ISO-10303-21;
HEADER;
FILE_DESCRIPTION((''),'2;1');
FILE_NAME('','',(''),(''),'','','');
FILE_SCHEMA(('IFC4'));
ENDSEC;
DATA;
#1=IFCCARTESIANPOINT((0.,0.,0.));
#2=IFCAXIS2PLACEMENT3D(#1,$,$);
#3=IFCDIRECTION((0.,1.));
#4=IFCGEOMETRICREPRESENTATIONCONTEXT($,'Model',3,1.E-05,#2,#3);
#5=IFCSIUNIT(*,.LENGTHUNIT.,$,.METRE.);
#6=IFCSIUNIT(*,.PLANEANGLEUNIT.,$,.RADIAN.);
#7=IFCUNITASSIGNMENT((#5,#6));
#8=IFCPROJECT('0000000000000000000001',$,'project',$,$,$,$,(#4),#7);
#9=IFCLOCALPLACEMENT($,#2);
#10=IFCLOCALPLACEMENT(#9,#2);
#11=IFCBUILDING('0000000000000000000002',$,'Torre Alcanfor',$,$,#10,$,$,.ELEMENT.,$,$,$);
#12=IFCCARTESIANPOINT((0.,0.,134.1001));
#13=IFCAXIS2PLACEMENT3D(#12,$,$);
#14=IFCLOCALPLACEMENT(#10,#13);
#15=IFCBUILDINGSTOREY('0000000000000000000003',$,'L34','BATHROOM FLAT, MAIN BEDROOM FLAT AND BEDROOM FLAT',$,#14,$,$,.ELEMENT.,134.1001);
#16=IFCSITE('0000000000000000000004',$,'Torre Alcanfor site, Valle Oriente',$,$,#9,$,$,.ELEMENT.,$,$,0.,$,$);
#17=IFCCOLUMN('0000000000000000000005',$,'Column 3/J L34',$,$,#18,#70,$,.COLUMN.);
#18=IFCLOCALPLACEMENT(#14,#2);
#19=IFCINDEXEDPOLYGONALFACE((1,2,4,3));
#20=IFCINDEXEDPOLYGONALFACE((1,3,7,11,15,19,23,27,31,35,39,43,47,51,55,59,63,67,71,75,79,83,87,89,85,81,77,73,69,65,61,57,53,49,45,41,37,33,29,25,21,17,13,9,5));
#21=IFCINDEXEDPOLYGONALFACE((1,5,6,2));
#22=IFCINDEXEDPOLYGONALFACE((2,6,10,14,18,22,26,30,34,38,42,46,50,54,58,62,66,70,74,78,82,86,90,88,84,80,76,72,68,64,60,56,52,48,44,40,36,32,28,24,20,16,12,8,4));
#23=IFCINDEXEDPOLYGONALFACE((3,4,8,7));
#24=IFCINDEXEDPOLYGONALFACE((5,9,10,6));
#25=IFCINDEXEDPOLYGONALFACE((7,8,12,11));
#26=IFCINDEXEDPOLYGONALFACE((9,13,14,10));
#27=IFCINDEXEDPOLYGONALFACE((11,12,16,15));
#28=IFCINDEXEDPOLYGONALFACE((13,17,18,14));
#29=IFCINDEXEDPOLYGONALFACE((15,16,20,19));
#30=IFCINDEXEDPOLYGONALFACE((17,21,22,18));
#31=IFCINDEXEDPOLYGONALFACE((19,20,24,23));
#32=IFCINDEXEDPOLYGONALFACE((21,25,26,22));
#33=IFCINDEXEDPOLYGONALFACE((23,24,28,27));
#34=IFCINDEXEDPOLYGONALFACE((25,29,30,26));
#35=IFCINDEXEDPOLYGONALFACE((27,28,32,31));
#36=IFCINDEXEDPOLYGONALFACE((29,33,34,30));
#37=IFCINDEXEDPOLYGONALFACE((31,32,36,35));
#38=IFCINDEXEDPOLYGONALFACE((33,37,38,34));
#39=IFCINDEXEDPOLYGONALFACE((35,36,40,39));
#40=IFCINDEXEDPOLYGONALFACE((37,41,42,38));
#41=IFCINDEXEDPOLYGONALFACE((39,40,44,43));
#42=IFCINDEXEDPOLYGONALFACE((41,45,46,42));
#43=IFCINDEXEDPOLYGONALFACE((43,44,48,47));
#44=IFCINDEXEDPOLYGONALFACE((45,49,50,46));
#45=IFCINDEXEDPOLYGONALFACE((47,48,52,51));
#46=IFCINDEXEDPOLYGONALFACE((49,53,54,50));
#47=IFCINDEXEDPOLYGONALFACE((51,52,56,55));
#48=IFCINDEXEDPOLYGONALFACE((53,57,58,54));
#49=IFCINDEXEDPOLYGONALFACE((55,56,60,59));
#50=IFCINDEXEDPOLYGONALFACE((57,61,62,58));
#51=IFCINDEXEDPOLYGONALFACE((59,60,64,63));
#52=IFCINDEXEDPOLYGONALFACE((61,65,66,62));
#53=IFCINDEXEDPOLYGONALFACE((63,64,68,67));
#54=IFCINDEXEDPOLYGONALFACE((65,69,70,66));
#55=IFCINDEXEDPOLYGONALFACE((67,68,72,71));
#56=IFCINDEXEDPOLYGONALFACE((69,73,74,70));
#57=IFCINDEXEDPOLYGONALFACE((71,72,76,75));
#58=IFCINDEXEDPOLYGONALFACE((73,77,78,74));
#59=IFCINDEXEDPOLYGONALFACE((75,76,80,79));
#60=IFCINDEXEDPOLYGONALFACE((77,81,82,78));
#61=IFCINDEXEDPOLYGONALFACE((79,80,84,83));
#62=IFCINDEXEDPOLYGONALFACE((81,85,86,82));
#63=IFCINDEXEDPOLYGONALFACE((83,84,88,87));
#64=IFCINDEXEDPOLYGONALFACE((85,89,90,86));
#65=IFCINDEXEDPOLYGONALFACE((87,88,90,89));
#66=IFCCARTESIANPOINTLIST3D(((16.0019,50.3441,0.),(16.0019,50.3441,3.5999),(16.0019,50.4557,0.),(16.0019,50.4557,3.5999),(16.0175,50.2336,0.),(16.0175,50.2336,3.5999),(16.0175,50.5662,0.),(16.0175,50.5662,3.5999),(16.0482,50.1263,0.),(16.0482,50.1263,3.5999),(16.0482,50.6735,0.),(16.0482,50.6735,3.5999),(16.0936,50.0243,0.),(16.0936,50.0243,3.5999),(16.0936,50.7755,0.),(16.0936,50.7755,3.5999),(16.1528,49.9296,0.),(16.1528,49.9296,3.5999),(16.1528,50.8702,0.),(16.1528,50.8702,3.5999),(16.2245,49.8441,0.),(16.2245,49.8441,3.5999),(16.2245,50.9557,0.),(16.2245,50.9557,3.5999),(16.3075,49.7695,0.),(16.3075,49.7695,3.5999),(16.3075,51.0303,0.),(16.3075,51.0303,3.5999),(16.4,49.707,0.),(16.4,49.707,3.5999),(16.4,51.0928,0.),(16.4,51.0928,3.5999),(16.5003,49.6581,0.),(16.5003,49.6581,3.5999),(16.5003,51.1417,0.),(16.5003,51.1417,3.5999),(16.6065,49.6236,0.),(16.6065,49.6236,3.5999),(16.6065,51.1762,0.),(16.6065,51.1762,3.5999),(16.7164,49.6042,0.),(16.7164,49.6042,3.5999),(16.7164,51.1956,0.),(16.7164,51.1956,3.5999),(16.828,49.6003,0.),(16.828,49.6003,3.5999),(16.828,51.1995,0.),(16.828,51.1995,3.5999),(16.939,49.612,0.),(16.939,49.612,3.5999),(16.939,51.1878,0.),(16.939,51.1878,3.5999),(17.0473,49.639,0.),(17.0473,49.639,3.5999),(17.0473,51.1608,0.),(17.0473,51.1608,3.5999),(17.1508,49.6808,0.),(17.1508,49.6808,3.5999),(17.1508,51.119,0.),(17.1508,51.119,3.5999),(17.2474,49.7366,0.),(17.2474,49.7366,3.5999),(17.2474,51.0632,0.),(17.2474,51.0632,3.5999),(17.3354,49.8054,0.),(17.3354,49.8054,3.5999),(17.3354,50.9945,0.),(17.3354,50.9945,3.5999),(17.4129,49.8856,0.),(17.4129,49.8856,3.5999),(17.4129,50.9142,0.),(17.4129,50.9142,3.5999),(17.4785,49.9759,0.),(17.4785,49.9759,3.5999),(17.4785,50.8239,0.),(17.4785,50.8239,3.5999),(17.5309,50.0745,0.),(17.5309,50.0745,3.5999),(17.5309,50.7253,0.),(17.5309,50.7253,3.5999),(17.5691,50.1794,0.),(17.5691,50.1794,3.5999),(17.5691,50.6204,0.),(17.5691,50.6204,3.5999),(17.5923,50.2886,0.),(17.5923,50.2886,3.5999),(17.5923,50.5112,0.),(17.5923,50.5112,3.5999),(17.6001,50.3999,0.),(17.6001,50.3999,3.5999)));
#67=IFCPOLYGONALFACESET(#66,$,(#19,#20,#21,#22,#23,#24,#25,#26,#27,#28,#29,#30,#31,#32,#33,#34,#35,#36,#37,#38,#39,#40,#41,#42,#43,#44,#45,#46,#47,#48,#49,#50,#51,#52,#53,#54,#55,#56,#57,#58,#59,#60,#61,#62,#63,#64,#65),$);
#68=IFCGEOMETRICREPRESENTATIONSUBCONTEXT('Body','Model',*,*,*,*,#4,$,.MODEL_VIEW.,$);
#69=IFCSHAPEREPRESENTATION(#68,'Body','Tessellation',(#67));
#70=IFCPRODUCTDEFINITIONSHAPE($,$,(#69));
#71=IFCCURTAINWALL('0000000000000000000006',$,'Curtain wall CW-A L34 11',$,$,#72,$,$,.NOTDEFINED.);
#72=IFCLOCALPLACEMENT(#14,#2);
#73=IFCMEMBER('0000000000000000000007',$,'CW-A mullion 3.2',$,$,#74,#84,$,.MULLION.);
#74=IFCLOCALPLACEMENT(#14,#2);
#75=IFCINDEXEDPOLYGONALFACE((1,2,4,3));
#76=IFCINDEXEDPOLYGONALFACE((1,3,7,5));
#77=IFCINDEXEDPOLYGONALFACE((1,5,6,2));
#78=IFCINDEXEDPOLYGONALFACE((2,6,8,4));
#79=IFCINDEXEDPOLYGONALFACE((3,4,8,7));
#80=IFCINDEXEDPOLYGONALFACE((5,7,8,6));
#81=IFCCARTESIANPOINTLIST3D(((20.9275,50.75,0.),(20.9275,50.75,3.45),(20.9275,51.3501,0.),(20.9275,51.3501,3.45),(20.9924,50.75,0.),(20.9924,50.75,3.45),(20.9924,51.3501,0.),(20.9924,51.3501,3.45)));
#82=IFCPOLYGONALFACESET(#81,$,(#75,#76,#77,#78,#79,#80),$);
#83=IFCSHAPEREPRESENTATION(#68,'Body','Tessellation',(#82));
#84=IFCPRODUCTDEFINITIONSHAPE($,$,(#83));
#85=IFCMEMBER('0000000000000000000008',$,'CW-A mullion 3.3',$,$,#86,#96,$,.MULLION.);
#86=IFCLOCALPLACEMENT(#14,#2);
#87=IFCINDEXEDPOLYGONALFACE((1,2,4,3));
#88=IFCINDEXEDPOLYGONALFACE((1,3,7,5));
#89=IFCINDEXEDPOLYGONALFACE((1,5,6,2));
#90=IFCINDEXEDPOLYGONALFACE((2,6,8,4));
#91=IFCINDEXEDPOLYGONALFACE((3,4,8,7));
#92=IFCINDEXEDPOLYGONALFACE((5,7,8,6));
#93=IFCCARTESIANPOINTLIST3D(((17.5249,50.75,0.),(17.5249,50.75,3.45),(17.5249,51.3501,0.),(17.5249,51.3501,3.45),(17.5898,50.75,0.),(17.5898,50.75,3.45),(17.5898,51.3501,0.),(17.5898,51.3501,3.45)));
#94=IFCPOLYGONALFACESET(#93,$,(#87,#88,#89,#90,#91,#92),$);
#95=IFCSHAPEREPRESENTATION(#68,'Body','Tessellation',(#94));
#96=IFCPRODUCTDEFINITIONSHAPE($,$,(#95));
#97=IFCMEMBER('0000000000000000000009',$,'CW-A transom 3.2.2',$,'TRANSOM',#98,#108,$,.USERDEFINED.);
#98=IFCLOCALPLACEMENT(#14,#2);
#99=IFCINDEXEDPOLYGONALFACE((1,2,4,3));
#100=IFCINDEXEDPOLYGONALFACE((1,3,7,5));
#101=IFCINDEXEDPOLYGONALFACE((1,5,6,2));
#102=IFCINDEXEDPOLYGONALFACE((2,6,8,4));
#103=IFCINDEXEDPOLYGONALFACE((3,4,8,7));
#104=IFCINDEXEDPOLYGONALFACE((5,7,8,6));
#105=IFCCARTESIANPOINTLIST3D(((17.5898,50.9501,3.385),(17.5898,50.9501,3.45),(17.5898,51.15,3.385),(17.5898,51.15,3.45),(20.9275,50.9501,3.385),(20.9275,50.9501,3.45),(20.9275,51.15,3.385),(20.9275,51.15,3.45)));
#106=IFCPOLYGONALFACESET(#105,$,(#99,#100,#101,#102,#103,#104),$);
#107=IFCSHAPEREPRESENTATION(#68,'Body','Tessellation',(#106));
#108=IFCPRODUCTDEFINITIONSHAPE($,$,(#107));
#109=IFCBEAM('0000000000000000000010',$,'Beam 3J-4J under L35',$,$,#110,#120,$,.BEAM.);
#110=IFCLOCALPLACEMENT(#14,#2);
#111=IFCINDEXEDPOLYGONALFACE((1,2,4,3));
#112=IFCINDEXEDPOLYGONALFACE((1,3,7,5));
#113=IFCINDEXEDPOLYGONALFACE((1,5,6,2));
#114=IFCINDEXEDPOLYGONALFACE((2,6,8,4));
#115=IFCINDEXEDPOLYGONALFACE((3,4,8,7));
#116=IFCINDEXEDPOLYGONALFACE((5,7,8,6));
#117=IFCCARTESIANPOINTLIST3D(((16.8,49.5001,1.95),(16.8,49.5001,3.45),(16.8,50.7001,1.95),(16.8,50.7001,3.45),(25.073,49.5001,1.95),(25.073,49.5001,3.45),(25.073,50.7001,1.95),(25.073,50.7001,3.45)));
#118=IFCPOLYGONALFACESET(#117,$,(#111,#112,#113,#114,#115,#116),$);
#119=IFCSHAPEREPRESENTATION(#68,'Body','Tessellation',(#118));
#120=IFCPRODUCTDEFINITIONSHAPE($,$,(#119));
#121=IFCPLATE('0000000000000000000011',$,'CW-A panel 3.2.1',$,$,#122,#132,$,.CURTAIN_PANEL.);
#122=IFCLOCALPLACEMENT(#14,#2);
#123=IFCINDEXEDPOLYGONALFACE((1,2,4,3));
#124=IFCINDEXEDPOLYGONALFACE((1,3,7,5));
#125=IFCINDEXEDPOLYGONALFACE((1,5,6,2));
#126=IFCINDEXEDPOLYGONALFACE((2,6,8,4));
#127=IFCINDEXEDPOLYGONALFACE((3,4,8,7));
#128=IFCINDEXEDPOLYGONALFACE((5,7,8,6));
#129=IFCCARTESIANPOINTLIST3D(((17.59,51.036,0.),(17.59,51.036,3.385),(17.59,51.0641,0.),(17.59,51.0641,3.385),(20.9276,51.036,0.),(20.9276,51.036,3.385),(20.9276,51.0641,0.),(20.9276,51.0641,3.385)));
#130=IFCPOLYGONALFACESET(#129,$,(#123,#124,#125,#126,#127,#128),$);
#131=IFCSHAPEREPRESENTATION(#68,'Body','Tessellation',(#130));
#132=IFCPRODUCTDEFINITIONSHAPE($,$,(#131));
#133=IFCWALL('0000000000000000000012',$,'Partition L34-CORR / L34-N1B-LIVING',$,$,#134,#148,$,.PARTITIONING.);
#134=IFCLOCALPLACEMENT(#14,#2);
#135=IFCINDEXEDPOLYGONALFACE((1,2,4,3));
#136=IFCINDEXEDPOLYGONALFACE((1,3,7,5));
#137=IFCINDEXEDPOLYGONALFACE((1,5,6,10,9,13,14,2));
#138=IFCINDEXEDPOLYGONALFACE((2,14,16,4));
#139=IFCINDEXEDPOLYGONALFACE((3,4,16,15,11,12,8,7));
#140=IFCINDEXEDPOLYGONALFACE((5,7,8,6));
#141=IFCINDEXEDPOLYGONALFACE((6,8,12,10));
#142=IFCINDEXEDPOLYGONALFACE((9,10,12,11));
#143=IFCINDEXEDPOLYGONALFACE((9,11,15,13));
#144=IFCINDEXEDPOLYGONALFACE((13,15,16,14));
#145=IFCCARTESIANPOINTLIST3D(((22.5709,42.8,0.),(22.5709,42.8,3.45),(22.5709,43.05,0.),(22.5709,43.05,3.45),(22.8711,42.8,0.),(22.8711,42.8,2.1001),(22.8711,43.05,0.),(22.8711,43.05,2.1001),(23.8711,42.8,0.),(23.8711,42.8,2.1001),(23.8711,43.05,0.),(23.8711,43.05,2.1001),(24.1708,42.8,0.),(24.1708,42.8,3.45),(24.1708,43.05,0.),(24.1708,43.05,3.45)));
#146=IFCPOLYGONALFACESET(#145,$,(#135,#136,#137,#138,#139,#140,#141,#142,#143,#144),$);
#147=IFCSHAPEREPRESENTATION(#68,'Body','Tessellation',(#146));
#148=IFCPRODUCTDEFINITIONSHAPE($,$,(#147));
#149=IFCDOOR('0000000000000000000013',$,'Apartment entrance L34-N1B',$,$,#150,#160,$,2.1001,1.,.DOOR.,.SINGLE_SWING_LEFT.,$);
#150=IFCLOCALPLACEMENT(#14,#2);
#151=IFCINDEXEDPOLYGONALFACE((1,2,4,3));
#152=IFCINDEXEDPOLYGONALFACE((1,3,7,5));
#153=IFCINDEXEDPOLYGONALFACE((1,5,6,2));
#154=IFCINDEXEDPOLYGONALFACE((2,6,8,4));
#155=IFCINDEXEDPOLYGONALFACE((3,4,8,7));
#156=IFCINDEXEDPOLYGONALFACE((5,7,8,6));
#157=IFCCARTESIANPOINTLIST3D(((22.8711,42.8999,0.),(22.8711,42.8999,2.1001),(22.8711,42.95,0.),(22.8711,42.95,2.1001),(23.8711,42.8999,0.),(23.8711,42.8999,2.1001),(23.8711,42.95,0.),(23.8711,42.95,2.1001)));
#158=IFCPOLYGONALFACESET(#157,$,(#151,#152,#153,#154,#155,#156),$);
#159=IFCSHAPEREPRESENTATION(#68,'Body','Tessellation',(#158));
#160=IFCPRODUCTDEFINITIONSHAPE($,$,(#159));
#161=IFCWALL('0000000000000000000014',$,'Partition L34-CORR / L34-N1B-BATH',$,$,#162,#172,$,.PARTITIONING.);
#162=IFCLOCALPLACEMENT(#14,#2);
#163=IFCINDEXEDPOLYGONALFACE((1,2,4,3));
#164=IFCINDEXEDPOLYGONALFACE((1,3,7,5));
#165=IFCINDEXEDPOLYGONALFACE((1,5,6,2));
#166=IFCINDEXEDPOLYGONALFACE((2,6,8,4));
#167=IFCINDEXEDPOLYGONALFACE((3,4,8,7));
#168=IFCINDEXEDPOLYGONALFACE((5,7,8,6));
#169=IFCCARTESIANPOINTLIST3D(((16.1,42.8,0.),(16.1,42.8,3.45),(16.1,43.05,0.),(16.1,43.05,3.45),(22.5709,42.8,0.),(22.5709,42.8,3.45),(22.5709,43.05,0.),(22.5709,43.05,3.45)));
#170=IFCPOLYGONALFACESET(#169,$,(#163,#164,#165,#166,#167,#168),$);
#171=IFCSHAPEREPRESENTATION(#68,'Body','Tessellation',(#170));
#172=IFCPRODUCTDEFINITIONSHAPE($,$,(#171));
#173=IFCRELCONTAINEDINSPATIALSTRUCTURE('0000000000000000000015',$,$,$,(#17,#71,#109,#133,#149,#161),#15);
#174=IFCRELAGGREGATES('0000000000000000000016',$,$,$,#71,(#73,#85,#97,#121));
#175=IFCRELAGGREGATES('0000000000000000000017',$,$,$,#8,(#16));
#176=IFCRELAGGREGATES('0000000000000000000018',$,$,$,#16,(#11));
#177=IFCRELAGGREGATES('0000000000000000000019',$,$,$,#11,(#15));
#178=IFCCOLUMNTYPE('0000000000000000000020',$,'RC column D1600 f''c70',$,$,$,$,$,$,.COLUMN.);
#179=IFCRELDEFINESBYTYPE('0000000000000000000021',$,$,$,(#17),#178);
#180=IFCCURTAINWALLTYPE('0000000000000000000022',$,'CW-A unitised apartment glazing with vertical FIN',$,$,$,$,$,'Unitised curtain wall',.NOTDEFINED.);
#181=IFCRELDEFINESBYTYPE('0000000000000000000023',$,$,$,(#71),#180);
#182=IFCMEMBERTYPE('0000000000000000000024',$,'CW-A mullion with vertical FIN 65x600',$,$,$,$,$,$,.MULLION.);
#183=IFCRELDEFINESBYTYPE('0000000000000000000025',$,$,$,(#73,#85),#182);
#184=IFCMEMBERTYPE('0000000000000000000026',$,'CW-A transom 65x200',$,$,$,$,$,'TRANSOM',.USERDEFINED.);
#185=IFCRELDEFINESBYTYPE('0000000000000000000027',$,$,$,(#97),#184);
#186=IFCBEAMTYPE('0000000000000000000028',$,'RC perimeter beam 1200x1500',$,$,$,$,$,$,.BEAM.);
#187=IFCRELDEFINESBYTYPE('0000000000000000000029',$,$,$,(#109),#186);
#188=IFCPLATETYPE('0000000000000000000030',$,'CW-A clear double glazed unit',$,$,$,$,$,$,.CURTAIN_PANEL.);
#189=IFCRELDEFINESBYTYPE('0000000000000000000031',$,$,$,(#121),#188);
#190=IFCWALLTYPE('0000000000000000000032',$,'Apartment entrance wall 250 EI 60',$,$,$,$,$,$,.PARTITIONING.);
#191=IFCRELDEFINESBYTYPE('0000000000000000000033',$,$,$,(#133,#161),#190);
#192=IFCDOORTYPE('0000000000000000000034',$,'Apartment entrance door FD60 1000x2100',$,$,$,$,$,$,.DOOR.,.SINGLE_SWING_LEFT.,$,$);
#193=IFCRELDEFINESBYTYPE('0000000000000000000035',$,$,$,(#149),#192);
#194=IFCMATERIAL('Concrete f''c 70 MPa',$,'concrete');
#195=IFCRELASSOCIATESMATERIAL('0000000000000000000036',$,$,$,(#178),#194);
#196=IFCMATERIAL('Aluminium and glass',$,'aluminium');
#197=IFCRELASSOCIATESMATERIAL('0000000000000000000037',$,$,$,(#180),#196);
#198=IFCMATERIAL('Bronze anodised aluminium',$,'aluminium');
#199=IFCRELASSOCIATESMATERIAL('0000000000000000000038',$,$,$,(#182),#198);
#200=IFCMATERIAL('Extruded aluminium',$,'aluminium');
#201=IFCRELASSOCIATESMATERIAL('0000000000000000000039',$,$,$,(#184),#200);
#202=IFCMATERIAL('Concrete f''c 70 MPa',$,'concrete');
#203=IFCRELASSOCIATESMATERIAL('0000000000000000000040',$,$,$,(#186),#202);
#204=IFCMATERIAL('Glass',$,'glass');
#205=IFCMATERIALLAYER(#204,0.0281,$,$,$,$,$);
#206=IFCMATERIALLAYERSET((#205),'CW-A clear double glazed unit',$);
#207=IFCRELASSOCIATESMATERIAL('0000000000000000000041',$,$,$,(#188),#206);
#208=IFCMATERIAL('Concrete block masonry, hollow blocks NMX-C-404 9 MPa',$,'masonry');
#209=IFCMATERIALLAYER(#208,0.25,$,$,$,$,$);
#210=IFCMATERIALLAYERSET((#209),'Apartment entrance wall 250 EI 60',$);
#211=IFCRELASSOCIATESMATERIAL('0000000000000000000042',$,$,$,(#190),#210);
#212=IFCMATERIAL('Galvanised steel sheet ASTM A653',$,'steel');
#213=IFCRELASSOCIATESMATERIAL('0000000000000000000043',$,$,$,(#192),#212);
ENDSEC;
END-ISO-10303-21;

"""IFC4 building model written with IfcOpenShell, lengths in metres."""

from ifc_helpers import new_model, si_unit, direction, frame, frame_2d, origin, origin_2d, place, context, subcontext, project, spatial, rectangle, circle, extrude, material, layer, layer_set, material_profile, profile_set, type_object, element, fill, aggregate, save


model = new_model("IFC4")

# Units and contexts
model_context = context("Model", 3, precision=1e-05, world=origin(), true_north=direction((0.0, 1.0)))
body_context = subcontext(model_context, "Body", "Model", "MODEL_VIEW")
ifc_project = project(units=[si_unit("LENGTHUNIT", "METRE"), si_unit("PLANEANGLEUNIT", "RADIAN")], contexts=[model_context])

# Site, building, storey
site_placement = place(None, origin())
site = spatial("IfcSite", under=ifc_project, at=site_placement, Name="Torre Alcanfor site, Valle Oriente", CompositionType="ELEMENT", RefElevation=0.0)
building_placement = place(site_placement, origin())
building = spatial("IfcBuilding", under=site, at=building_placement, Name="Torre Alcanfor", CompositionType="ELEMENT")
storey_placement = place(building_placement, frame((0.0, 0.0, 134.1001)))
storey = spatial("IfcBuildingStorey", under=building, at=storey_placement, Name="L34", Description="BATHROOM FLAT, MAIN BEDROOM FLAT AND BEDROOM FLAT", CompositionType="ELEMENT", Elevation=134.1001)

# Column
ifc_material_1 = material(Name="Concrete f'c 70 MPa", Category="concrete")
ifc_material_profile_1 = material_profile(ifc_material_1, circle(Radius=0.8, at=origin_2d()), Name="D1600")
ifc_profile_set_1 = profile_set([ifc_material_profile_1], Name="Concrete f'c 70 MPa")
column_type = type_object("IfcColumnType", Name="RC column D1600 f'c70", PredefinedType="COLUMN", material=ifc_profile_set_1)
column_placement = place(storey_placement, frame((16.8, 50.3999, 0.0), z_axis=(0.0, 0.0, 1.0), x_axis=(1.0, 0.0, 0.0)))
element("IfcColumn", 1, at=column_placement, inside=storey, type_object=column_type, Name="Column 3/J L34", PredefinedType="COLUMN", context=body_context, shape_type="SweptSolid", body=[
    extrude(circle(Radius=0.8, at=origin_2d()), origin(), (0.0, 0.0, 1.0), 3.5999),
])

# Curtain wall, members
ifc_material_2 = material(Name="Aluminium and glass", Category="aluminium")
curtain_wall_type = type_object("IfcCurtainWallType", Name="CW-A unitised apartment glazing with vertical FIN", ElementType="Unitised curtain wall", PredefinedType="NOTDEFINED", material=ifc_material_2)
curtain_wall_placement = place(storey_placement, origin())
curtain_wall = element("IfcCurtainWall", 2, at=curtain_wall_placement, inside=storey, type_object=curtain_wall_type, Name="Curtain wall CW-A L34 11", PredefinedType="NOTDEFINED")
ifc_material_3 = material(Name="Bronze anodised aluminium", Category="aluminium")
ifc_material_profile_2 = material_profile(ifc_material_3, rectangle(XDim=0.6001, YDim=0.0649, at=origin_2d()), Name="CW-A mullion 65x600")
ifc_profile_set_2 = profile_set([ifc_material_profile_2], Name="Bronze anodised aluminium")
member_type_1 = type_object("IfcMemberType", Name="CW-A mullion with vertical FIN 65x600", PredefinedType="MULLION", material=ifc_profile_set_2)
member_1_placement = place(storey_placement, frame((20.96, 51.05, 0.0), z_axis=(0.0, 0.0, 1.0), x_axis=(0.0, -1.0, 0.0)))
member_1 = element("IfcMember", 3, at=member_1_placement, type_object=member_type_1, Name="CW-A mullion 3.2", PredefinedType="MULLION", context=body_context, shape_type="SweptSolid", body=[
    extrude(rectangle(XDim=0.6001, YDim=0.0649, at=origin_2d()), origin(), (0.0, 0.0, 1.0), 3.45),
])
member_2_placement = place(storey_placement, frame((17.5574, 51.05, 0.0), z_axis=(0.0, 0.0, 1.0), x_axis=(0.0, -1.0, 0.0)))
member_2 = element("IfcMember", 4, at=member_2_placement, type_object=member_type_1, Name="CW-A mullion 3.3", PredefinedType="MULLION", context=body_context, shape_type="SweptSolid", body=[
    extrude(rectangle(XDim=0.6001, YDim=0.0649, at=origin_2d()), origin(), (0.0, 0.0, 1.0), 3.45),
])
ifc_material_4 = material(Name="Extruded aluminium", Category="aluminium")
ifc_material_profile_3 = material_profile(ifc_material_4, rectangle(XDim=0.2, YDim=0.0649, at=origin_2d()), Name="CW-A transom 200x65")
ifc_profile_set_3 = profile_set([ifc_material_profile_3], Name="Extruded aluminium")
member_type_2 = type_object("IfcMemberType", Name="CW-A transom 65x200", ElementType="TRANSOM", PredefinedType="USERDEFINED", material=ifc_profile_set_3)
member_3_placement = place(storey_placement, frame((20.9275, 51.05, 3.4175), z_axis=(-1.0, 0.0, 0.0), x_axis=(0.0, -1.0, 0.0)))
member_3 = element("IfcMember", 5, at=member_3_placement, type_object=member_type_2, Name="CW-A transom 3.2.2", ObjectType="TRANSOM", PredefinedType="USERDEFINED", context=body_context, shape_type="SweptSolid", body=[
    extrude(rectangle(XDim=0.2, YDim=0.0649, at=origin_2d()), origin(), (0.0, 0.0, 1.0), 3.3376),
])

# Beam
ifc_material_5 = material(Name="Concrete f'c 70 MPa", Category="concrete")
ifc_material_profile_4 = material_profile(ifc_material_5, rectangle(XDim=1.2, YDim=1.5, at=origin_2d()), Name="1200x1500")
ifc_profile_set_4 = profile_set([ifc_material_profile_4], Name="Concrete f'c 70 MPa")
beam_type = type_object("IfcBeamType", Name="RC perimeter beam 1200x1500", PredefinedType="BEAM", material=ifc_profile_set_4)
beam_placement = place(storey_placement, frame((16.8, 50.1001, 2.7), z_axis=(1.0, 0.0, 0.0), x_axis=(0.0, 1.0, 0.0)))
element("IfcBeam", 6, at=beam_placement, inside=storey, type_object=beam_type, Name="Beam 3J-4J under L35", PredefinedType="BEAM", context=body_context, shape_type="SweptSolid", body=[
    extrude(rectangle(XDim=1.2, YDim=1.5, at=origin_2d()), origin(), (0.0, 0.0, 1.0), 8.2729),
])

# Plate
ifc_material_6 = material(Name="Glass", Category="glass")
ifc_layer_1 = layer(ifc_material_6, 0.0281)
ifc_layer_set_1 = layer_set([ifc_layer_1], Name="CW-A clear double glazed unit")
plate_type = type_object("IfcPlateType", Name="CW-A clear double glazed unit", PredefinedType="CURTAIN_PANEL", material=ifc_layer_set_1)
plate_placement = place(storey_placement, frame((19.2588, 51.05, 0.0), z_axis=(0.0, 0.0, 1.0), x_axis=(-1.0, 0.0, 0.0)))
plate = element("IfcPlate", 7, at=plate_placement, type_object=plate_type, Name="CW-A panel 3.2.1", PredefinedType="CURTAIN_PANEL", context=body_context, shape_type="SweptSolid", body=[
    extrude(rectangle(XDim=3.3376, YDim=0.0281, at=origin_2d()), origin(), (0.0, 0.0, 1.0), 3.385),
])
aggregate(curtain_wall, [member_1, member_2, member_3, plate])

# Wall, opening, door
ifc_material_7 = material(Name="Concrete block masonry, hollow blocks NMX-C-404 9 MPa", Category="masonry")
ifc_layer_2 = layer(ifc_material_7, 0.25)
ifc_layer_set_2 = layer_set([ifc_layer_2], Name="Apartment entrance wall 250 EI 60")
wall_type_1 = type_object("IfcWallType", Name="Apartment entrance wall 250 EI 60", PredefinedType="PARTITIONING", material=ifc_layer_set_2)
wall_1_placement = place(storey_placement, frame((22.571, 42.925, 0.0), z_axis=(0.0, 0.0, 1.0), x_axis=(1.0, 0.0, 0.0)))
wall_1 = element("IfcWall", 8, at=wall_1_placement, inside=storey, type_object=wall_type_1, Name="Partition L34-CORR / L34-N1B-LIVING", PredefinedType="PARTITIONING", context=body_context, shape_type="SweptSolid", body=[
    extrude(rectangle(XDim=1.5999, YDim=0.25, at=frame_2d((0.7998, 0.0))), origin(), (0.0, 0.0, 1.0), 3.45),
])
opening_1_placement = place(wall_1_placement, frame((0.3, 0.0, 0.0)))
opening_1 = element("IfcOpeningElement", 9, at=opening_1_placement, cuts=wall_1, PredefinedType="OPENING", context=body_context, shape_type="SweptSolid", body=[
    extrude(rectangle(XDim=1.0, YDim=2.1001, at=frame_2d((0.5, 1.05))), frame((0.0, 0.135, 0.0), z_axis=(0.0, -1.0, 0.0), x_axis=(1.0, 0.0, 0.0)), (0.0, 0.0, 1.0), 0.27),
])
ifc_material_8 = material(Name="Galvanised steel sheet ASTM A653", Category="steel")
door_type_1 = type_object("IfcDoorType", Name="Apartment entrance door FD60 1000x2100", OperationType="SINGLE_SWING_LEFT", PredefinedType="DOOR", material=ifc_material_8)
door_1_placement = place(opening_1_placement, origin())
door_1 = element("IfcDoor", 10, at=door_1_placement, inside=storey, type_object=door_type_1, Name="Apartment entrance L34-N1B", OperationType="SINGLE_SWING_LEFT", OverallHeight=2.1001, OverallWidth=1.0, PredefinedType="DOOR", context=body_context, shape_type="SweptSolid", body=[
    extrude(rectangle(XDim=1.0, YDim=2.1001, at=frame_2d((0.5, 1.05))), frame((0.0, 0.0249, 0.0), z_axis=(0.0, -1.0, 0.0), x_axis=(1.0, 0.0, 0.0)), (0.0, 0.0, 1.0), 0.05),
])
fill(opening_1, door_1)

# Wall
wall_2_placement = place(storey_placement, frame((16.1001, 42.925, 0.0), z_axis=(0.0, 0.0, 1.0), x_axis=(1.0, 0.0, 0.0)))
element("IfcWall", 11, at=wall_2_placement, inside=storey, type_object=wall_type_1, Name="Partition L34-CORR / L34-N1B-BATH", PredefinedType="PARTITIONING", context=body_context, shape_type="SweptSolid", body=[
    extrude(rectangle(XDim=6.4709, YDim=0.25, at=frame_2d((3.2354, 0.0))), origin(), (0.0, 0.0, 1.0), 3.45),
])

save(model, "model.ifc")
